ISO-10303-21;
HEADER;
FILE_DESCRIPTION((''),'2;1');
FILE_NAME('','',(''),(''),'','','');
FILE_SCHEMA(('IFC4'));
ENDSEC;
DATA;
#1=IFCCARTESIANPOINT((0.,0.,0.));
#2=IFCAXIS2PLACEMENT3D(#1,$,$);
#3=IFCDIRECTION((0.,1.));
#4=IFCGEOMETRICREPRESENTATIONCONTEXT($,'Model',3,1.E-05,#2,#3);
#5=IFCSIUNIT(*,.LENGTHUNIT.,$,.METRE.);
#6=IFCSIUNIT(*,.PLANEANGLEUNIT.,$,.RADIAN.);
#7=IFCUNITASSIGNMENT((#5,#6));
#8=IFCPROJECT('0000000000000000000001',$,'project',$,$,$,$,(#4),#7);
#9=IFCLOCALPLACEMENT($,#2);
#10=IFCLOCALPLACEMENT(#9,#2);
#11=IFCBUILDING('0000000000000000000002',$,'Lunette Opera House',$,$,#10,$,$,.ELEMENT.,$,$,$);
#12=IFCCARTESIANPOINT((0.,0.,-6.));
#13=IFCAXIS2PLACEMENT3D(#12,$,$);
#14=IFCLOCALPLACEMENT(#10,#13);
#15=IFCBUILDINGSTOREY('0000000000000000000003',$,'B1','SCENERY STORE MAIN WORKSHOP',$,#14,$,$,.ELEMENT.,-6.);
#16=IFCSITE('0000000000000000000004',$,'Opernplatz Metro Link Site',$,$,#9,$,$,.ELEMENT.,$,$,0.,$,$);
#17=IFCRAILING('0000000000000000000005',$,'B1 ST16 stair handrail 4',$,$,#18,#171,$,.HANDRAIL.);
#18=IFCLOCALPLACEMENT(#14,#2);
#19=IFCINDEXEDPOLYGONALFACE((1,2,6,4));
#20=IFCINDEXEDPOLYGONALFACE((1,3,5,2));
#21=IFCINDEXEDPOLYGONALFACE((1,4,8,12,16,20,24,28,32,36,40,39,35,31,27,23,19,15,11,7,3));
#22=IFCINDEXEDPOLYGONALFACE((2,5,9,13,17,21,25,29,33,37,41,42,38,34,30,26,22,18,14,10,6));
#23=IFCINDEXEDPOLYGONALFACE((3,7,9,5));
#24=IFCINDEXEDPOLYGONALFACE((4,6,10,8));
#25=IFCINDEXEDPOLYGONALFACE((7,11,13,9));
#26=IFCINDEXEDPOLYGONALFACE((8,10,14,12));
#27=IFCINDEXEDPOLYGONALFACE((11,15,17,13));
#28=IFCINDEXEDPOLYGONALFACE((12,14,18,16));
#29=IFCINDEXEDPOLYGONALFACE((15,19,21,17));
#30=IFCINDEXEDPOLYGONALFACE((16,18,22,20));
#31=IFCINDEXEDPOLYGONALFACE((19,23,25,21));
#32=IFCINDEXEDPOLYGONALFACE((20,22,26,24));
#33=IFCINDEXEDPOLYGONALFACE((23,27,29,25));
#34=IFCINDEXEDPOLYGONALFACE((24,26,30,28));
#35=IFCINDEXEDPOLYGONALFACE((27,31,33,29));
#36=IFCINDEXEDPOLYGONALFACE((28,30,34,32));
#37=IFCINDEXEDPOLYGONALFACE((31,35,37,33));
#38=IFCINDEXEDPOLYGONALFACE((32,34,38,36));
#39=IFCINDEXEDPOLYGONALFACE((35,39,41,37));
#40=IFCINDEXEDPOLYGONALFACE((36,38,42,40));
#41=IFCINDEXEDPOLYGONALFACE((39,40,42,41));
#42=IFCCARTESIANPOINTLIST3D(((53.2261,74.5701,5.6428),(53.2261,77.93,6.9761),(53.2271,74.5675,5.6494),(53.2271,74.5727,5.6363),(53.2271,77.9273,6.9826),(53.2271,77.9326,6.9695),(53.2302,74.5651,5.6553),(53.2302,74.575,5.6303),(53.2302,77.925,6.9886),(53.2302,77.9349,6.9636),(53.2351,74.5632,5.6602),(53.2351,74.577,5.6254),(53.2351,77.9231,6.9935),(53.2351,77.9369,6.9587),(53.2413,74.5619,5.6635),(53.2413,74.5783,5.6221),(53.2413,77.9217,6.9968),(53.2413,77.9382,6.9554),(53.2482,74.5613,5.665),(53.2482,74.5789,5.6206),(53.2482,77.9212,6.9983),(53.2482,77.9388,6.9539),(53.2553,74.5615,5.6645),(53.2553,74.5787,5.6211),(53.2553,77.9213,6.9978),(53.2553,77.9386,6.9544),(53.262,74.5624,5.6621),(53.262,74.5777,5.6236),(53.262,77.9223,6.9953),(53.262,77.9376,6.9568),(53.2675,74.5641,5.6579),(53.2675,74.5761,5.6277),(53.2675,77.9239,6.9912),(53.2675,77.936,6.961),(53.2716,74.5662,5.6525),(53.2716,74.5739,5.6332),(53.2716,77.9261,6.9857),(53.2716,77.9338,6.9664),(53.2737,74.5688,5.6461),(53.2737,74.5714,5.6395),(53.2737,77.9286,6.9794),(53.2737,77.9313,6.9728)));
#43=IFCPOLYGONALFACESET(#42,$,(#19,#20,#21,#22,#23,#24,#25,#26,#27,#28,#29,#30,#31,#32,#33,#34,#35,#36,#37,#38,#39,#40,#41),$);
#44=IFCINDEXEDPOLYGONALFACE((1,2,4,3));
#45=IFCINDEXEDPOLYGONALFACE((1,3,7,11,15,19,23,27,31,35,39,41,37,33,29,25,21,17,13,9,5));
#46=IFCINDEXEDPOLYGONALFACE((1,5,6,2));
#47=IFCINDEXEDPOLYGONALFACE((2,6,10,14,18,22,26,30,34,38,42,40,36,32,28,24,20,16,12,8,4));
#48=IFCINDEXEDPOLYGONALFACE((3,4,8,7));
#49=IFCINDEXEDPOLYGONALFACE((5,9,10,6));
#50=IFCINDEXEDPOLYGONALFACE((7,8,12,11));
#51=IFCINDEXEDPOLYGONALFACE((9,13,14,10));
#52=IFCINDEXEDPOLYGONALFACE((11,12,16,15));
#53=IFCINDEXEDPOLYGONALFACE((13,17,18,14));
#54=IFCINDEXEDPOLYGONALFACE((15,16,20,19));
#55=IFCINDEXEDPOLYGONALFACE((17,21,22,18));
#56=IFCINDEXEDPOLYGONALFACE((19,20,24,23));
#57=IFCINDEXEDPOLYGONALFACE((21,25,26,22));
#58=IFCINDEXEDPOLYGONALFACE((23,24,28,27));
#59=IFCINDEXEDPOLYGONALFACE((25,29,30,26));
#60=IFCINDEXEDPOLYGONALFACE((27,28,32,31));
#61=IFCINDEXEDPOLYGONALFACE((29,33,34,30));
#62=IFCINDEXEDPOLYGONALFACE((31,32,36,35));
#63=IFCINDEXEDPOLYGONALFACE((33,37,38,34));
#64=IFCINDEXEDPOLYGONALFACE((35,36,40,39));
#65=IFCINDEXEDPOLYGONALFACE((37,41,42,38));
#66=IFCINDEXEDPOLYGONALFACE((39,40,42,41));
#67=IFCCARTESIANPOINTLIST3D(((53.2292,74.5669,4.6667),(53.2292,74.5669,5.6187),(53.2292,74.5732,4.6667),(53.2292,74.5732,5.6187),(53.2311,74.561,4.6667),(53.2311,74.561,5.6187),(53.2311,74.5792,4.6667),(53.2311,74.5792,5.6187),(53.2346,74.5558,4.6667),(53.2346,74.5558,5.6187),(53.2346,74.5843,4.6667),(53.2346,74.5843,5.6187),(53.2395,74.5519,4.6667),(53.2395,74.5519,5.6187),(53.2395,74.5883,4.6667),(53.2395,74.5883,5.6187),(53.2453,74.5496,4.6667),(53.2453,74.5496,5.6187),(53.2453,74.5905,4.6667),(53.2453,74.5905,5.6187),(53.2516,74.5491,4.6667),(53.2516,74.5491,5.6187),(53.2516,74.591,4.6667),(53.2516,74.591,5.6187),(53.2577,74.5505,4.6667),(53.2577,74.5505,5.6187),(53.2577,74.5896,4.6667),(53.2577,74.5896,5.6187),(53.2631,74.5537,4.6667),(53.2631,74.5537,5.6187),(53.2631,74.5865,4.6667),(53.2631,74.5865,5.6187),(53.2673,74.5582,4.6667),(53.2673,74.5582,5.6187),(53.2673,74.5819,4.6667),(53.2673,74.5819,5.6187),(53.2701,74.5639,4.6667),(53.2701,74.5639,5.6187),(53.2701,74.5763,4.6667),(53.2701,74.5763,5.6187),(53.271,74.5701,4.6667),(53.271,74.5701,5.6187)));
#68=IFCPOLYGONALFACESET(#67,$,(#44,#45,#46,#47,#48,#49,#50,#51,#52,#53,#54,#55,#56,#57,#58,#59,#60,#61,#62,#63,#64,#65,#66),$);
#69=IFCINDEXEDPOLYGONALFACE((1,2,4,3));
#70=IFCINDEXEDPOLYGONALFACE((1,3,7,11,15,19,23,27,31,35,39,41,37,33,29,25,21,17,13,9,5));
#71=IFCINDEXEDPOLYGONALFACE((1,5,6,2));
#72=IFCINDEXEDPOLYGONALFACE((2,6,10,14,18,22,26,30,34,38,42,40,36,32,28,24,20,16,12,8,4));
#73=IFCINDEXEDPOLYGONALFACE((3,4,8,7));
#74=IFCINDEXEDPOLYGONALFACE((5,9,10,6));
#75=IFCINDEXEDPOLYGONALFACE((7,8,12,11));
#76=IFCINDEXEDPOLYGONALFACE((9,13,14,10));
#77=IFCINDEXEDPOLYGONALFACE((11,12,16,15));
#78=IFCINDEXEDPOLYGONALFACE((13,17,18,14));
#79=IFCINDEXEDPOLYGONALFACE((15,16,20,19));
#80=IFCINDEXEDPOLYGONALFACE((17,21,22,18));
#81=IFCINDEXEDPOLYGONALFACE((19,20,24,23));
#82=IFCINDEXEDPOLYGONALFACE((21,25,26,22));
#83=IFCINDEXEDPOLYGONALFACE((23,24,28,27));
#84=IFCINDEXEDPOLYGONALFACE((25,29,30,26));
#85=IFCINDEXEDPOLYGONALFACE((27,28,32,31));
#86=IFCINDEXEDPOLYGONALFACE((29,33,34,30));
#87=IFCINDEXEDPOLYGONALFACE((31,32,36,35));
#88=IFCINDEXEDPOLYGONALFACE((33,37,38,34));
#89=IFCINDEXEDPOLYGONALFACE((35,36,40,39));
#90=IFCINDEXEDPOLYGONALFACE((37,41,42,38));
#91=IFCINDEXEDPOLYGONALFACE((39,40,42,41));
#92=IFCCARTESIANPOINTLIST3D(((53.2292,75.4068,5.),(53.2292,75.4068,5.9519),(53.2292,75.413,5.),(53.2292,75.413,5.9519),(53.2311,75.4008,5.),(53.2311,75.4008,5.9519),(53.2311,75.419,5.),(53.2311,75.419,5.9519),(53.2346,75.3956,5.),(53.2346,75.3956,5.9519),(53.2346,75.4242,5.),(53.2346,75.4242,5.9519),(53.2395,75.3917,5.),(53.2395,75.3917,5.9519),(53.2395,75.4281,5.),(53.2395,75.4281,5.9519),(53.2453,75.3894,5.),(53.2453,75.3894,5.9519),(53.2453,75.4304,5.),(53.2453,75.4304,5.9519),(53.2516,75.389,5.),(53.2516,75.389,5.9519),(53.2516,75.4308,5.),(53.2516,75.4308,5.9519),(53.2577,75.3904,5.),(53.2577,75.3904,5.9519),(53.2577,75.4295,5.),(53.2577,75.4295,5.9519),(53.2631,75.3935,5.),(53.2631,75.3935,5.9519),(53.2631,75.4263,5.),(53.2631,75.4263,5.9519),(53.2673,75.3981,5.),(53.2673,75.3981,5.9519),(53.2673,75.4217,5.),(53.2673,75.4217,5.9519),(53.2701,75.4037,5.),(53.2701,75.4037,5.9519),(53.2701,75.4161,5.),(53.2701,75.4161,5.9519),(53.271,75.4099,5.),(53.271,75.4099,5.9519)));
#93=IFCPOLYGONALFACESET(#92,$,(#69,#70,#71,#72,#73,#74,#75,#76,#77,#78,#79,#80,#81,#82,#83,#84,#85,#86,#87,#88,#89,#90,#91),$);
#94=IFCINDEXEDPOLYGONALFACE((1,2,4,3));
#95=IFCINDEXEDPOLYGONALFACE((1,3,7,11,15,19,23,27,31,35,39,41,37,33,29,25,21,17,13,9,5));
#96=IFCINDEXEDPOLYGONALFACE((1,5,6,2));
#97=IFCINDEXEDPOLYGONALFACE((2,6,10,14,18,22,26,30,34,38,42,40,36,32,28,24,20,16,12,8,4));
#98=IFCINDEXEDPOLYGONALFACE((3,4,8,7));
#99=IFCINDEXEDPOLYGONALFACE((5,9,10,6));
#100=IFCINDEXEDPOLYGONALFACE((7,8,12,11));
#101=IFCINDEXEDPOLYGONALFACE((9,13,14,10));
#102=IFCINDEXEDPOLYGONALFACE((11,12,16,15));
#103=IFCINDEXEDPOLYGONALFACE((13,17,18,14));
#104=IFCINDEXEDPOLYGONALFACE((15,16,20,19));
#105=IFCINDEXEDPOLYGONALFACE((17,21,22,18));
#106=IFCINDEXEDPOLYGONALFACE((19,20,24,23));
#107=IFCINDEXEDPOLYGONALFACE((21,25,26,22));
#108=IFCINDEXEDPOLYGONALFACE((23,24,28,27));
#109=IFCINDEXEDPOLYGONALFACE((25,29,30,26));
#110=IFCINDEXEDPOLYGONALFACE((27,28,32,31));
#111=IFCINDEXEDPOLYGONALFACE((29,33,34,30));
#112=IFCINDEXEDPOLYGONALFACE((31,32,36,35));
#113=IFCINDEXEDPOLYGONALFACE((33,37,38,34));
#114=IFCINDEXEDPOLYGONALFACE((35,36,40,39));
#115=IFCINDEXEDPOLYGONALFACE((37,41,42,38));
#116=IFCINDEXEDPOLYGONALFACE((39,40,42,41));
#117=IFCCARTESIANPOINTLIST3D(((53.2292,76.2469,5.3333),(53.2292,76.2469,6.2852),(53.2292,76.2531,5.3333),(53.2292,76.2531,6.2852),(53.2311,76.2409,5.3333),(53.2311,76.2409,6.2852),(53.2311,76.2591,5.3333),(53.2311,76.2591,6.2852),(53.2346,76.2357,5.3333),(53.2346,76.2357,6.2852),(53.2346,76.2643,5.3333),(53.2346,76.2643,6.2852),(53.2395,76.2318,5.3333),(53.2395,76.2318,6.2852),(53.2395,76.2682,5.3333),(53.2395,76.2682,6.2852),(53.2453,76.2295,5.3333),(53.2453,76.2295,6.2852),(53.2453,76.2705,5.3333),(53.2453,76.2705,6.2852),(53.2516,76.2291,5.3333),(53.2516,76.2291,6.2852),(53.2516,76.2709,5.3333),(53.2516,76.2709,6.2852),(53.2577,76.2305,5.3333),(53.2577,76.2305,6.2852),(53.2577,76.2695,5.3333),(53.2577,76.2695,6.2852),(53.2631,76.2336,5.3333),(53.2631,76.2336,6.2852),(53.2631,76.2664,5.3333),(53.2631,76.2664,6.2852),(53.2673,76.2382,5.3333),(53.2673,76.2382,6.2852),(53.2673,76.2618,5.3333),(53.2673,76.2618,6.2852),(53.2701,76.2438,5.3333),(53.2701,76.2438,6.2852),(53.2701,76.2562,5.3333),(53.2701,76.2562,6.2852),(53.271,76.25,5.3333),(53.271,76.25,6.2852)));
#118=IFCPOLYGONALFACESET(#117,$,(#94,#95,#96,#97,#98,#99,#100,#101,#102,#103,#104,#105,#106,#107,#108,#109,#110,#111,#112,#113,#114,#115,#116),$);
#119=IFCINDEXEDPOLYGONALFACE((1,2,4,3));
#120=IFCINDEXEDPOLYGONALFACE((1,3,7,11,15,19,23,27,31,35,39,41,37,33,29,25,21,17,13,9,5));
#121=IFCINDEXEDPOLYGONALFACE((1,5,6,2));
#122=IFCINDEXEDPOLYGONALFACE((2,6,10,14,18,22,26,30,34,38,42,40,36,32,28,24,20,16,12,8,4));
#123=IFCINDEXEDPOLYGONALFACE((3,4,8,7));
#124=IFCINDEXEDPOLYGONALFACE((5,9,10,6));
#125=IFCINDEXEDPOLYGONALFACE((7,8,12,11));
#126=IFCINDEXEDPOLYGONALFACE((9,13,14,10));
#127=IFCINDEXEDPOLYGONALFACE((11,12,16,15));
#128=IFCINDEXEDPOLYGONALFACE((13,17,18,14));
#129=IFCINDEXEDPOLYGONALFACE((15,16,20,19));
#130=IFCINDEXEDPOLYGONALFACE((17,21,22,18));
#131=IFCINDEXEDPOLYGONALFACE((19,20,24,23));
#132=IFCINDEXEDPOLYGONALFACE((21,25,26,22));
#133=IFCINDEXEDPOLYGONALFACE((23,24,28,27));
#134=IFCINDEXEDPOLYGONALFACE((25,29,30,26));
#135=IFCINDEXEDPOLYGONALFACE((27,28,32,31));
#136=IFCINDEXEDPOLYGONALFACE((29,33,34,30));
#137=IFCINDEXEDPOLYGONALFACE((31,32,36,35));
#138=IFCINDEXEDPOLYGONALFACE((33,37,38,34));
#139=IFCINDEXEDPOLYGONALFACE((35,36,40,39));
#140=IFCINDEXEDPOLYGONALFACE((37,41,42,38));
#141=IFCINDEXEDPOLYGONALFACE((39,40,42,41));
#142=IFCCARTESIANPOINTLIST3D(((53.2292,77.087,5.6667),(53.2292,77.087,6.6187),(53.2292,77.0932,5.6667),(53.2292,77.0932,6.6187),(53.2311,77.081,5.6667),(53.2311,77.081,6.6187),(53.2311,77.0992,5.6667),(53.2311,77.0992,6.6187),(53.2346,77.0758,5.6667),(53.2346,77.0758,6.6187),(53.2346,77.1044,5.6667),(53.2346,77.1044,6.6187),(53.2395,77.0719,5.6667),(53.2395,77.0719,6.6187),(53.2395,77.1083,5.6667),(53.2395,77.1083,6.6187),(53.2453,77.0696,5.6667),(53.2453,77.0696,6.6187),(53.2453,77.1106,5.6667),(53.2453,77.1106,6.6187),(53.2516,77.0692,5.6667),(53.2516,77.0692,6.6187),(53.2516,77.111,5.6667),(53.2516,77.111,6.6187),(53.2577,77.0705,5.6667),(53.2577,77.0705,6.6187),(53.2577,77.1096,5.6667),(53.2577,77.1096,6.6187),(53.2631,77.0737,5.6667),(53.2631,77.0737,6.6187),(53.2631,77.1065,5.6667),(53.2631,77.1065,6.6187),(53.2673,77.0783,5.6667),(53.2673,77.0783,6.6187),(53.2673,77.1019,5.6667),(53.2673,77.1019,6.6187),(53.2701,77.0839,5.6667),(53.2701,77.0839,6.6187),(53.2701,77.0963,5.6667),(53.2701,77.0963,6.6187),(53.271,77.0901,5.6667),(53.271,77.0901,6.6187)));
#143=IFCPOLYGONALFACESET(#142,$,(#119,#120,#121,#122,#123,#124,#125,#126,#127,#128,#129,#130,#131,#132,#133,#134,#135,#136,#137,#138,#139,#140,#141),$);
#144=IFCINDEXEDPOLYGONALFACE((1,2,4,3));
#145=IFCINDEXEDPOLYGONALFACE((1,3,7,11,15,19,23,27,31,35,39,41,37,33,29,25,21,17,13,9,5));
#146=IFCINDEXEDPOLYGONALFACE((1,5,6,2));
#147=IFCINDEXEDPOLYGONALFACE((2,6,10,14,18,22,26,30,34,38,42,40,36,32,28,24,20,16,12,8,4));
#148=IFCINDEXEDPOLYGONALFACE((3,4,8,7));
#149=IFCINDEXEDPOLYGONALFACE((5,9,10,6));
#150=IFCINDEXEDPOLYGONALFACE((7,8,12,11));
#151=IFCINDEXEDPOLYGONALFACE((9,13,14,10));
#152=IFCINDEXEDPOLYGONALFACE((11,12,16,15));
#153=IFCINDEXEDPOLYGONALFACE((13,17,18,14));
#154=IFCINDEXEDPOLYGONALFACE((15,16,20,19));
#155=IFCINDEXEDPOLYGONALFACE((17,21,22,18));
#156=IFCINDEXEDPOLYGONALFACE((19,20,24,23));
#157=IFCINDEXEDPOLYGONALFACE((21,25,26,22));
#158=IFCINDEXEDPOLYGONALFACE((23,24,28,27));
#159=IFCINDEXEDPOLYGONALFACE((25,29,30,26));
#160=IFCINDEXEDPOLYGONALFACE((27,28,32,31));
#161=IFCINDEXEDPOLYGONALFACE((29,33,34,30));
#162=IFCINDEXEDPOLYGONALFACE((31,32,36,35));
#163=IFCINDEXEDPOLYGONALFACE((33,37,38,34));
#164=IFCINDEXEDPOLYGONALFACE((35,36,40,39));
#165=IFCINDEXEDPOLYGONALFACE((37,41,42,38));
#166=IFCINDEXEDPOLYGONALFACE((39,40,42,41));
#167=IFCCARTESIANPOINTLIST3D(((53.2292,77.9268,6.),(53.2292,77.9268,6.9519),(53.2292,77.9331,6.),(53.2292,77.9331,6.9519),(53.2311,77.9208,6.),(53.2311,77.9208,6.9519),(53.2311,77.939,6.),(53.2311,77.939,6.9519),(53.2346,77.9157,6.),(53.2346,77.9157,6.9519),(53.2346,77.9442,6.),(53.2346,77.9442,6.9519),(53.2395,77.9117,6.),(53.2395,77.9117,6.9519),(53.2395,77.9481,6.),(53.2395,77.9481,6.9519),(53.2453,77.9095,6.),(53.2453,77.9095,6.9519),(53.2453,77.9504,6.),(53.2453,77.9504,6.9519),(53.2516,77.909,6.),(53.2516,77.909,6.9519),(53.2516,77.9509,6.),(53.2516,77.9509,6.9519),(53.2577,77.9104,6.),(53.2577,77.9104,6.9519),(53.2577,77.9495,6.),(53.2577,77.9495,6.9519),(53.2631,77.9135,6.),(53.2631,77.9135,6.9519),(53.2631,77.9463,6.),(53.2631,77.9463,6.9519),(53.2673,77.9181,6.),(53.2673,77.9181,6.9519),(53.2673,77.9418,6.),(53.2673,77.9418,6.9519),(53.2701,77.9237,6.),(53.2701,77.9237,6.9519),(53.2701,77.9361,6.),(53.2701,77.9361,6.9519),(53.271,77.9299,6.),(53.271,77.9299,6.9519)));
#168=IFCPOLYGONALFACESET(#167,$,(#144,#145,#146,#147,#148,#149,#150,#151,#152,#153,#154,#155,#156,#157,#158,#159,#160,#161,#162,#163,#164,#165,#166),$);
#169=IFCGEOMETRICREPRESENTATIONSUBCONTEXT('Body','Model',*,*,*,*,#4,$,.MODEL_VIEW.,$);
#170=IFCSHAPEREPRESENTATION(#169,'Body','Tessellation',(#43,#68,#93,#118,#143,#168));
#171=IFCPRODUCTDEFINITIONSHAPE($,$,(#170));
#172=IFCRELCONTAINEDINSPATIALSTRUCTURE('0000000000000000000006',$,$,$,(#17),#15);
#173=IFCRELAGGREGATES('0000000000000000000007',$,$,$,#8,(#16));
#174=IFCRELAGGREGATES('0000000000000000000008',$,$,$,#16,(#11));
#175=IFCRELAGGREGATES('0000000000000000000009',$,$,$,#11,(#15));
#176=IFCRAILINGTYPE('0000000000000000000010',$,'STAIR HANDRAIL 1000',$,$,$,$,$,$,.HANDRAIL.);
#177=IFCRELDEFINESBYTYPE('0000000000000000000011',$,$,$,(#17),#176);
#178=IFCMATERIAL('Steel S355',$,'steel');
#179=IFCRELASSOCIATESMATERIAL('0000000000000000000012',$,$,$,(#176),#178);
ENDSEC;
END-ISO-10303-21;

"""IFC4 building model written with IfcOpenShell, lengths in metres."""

from ifc_helpers import new_model, si_unit, direction, frame, origin, origin_2d, place, context, subcontext, project, spatial, circle, extrude, material, type_object, element, save


model = new_model("IFC4")

# Units and contexts
model_context = context("Model", 3, precision=1e-05, world=origin(), true_north=direction((0.0, 1.0)))
body_context = subcontext(model_context, "Body", "Model", "MODEL_VIEW")
ifc_project = project(units=[si_unit("LENGTHUNIT", "METRE"), si_unit("PLANEANGLEUNIT", "RADIAN")], contexts=[model_context])

# Site, building, storey
site_placement = place(None, origin())
site = spatial("IfcSite", under=ifc_project, at=site_placement, Name="Opernplatz Metro Link Site", CompositionType="ELEMENT", RefElevation=0.0)
building_placement = place(site_placement, origin())
building = spatial("IfcBuilding", under=site, at=building_placement, Name="Lunette Opera House", CompositionType="ELEMENT")
storey_placement = place(building_placement, frame((0.0, 0.0, -6.0)))
storey = spatial("IfcBuildingStorey", under=building, at=storey_placement, Name="B1", Description="SCENERY STORE MAIN WORKSHOP", CompositionType="ELEMENT", Elevation=-6.0)

# Railing
ifc_material_1 = material(Name="Steel S355", Category="steel")
railing_type_1 = type_object("IfcRailingType", Name="STAIR HANDRAIL 1000", PredefinedType="HANDRAIL", material=ifc_material_1)
for number, where, name in (
    (1, (53.25, 74.5701, 4.6667), "B1 ST16 stair handrail 4"),
):
    element("IfcRailing", number, at=place(storey_placement, frame(where)), inside=storey, type_object=railing_type_1, Name=name, PredefinedType="HANDRAIL", context=body_context, shape_type="SweptSolid", body=[
        extrude(circle(Radius=0.0239, at=origin_2d()), frame((0.0, 0.0, 0.9761), z_axis=(0.0, 0.929493, 0.368839), x_axis=(-1.0, 0.0, 0.0)), (0.0, 0.0, 1.0), 3.6147),
        extrude(circle(Radius=0.021, at=origin_2d()), origin(), (0.0, 0.0, 1.0), 0.9519),
        extrude(circle(Radius=0.021, at=origin_2d()), frame((0.0, 0.8398, 0.3333)), (0.0, 0.0, 1.0), 0.9519),
        extrude(circle(Radius=0.021, at=origin_2d()), frame((0.0, 1.6799, 0.6665)), (0.0, 0.0, 1.0), 0.9519),
        extrude(circle(Radius=0.021, at=origin_2d()), frame((0.0, 2.52, 1.0)), (0.0, 0.0, 1.0), 0.9519),
        extrude(circle(Radius=0.021, at=origin_2d()), frame((0.0, 3.3599, 1.3333)), (0.0, 0.0, 1.0), 0.9519),
    ])

save(model, "model.ifc")
